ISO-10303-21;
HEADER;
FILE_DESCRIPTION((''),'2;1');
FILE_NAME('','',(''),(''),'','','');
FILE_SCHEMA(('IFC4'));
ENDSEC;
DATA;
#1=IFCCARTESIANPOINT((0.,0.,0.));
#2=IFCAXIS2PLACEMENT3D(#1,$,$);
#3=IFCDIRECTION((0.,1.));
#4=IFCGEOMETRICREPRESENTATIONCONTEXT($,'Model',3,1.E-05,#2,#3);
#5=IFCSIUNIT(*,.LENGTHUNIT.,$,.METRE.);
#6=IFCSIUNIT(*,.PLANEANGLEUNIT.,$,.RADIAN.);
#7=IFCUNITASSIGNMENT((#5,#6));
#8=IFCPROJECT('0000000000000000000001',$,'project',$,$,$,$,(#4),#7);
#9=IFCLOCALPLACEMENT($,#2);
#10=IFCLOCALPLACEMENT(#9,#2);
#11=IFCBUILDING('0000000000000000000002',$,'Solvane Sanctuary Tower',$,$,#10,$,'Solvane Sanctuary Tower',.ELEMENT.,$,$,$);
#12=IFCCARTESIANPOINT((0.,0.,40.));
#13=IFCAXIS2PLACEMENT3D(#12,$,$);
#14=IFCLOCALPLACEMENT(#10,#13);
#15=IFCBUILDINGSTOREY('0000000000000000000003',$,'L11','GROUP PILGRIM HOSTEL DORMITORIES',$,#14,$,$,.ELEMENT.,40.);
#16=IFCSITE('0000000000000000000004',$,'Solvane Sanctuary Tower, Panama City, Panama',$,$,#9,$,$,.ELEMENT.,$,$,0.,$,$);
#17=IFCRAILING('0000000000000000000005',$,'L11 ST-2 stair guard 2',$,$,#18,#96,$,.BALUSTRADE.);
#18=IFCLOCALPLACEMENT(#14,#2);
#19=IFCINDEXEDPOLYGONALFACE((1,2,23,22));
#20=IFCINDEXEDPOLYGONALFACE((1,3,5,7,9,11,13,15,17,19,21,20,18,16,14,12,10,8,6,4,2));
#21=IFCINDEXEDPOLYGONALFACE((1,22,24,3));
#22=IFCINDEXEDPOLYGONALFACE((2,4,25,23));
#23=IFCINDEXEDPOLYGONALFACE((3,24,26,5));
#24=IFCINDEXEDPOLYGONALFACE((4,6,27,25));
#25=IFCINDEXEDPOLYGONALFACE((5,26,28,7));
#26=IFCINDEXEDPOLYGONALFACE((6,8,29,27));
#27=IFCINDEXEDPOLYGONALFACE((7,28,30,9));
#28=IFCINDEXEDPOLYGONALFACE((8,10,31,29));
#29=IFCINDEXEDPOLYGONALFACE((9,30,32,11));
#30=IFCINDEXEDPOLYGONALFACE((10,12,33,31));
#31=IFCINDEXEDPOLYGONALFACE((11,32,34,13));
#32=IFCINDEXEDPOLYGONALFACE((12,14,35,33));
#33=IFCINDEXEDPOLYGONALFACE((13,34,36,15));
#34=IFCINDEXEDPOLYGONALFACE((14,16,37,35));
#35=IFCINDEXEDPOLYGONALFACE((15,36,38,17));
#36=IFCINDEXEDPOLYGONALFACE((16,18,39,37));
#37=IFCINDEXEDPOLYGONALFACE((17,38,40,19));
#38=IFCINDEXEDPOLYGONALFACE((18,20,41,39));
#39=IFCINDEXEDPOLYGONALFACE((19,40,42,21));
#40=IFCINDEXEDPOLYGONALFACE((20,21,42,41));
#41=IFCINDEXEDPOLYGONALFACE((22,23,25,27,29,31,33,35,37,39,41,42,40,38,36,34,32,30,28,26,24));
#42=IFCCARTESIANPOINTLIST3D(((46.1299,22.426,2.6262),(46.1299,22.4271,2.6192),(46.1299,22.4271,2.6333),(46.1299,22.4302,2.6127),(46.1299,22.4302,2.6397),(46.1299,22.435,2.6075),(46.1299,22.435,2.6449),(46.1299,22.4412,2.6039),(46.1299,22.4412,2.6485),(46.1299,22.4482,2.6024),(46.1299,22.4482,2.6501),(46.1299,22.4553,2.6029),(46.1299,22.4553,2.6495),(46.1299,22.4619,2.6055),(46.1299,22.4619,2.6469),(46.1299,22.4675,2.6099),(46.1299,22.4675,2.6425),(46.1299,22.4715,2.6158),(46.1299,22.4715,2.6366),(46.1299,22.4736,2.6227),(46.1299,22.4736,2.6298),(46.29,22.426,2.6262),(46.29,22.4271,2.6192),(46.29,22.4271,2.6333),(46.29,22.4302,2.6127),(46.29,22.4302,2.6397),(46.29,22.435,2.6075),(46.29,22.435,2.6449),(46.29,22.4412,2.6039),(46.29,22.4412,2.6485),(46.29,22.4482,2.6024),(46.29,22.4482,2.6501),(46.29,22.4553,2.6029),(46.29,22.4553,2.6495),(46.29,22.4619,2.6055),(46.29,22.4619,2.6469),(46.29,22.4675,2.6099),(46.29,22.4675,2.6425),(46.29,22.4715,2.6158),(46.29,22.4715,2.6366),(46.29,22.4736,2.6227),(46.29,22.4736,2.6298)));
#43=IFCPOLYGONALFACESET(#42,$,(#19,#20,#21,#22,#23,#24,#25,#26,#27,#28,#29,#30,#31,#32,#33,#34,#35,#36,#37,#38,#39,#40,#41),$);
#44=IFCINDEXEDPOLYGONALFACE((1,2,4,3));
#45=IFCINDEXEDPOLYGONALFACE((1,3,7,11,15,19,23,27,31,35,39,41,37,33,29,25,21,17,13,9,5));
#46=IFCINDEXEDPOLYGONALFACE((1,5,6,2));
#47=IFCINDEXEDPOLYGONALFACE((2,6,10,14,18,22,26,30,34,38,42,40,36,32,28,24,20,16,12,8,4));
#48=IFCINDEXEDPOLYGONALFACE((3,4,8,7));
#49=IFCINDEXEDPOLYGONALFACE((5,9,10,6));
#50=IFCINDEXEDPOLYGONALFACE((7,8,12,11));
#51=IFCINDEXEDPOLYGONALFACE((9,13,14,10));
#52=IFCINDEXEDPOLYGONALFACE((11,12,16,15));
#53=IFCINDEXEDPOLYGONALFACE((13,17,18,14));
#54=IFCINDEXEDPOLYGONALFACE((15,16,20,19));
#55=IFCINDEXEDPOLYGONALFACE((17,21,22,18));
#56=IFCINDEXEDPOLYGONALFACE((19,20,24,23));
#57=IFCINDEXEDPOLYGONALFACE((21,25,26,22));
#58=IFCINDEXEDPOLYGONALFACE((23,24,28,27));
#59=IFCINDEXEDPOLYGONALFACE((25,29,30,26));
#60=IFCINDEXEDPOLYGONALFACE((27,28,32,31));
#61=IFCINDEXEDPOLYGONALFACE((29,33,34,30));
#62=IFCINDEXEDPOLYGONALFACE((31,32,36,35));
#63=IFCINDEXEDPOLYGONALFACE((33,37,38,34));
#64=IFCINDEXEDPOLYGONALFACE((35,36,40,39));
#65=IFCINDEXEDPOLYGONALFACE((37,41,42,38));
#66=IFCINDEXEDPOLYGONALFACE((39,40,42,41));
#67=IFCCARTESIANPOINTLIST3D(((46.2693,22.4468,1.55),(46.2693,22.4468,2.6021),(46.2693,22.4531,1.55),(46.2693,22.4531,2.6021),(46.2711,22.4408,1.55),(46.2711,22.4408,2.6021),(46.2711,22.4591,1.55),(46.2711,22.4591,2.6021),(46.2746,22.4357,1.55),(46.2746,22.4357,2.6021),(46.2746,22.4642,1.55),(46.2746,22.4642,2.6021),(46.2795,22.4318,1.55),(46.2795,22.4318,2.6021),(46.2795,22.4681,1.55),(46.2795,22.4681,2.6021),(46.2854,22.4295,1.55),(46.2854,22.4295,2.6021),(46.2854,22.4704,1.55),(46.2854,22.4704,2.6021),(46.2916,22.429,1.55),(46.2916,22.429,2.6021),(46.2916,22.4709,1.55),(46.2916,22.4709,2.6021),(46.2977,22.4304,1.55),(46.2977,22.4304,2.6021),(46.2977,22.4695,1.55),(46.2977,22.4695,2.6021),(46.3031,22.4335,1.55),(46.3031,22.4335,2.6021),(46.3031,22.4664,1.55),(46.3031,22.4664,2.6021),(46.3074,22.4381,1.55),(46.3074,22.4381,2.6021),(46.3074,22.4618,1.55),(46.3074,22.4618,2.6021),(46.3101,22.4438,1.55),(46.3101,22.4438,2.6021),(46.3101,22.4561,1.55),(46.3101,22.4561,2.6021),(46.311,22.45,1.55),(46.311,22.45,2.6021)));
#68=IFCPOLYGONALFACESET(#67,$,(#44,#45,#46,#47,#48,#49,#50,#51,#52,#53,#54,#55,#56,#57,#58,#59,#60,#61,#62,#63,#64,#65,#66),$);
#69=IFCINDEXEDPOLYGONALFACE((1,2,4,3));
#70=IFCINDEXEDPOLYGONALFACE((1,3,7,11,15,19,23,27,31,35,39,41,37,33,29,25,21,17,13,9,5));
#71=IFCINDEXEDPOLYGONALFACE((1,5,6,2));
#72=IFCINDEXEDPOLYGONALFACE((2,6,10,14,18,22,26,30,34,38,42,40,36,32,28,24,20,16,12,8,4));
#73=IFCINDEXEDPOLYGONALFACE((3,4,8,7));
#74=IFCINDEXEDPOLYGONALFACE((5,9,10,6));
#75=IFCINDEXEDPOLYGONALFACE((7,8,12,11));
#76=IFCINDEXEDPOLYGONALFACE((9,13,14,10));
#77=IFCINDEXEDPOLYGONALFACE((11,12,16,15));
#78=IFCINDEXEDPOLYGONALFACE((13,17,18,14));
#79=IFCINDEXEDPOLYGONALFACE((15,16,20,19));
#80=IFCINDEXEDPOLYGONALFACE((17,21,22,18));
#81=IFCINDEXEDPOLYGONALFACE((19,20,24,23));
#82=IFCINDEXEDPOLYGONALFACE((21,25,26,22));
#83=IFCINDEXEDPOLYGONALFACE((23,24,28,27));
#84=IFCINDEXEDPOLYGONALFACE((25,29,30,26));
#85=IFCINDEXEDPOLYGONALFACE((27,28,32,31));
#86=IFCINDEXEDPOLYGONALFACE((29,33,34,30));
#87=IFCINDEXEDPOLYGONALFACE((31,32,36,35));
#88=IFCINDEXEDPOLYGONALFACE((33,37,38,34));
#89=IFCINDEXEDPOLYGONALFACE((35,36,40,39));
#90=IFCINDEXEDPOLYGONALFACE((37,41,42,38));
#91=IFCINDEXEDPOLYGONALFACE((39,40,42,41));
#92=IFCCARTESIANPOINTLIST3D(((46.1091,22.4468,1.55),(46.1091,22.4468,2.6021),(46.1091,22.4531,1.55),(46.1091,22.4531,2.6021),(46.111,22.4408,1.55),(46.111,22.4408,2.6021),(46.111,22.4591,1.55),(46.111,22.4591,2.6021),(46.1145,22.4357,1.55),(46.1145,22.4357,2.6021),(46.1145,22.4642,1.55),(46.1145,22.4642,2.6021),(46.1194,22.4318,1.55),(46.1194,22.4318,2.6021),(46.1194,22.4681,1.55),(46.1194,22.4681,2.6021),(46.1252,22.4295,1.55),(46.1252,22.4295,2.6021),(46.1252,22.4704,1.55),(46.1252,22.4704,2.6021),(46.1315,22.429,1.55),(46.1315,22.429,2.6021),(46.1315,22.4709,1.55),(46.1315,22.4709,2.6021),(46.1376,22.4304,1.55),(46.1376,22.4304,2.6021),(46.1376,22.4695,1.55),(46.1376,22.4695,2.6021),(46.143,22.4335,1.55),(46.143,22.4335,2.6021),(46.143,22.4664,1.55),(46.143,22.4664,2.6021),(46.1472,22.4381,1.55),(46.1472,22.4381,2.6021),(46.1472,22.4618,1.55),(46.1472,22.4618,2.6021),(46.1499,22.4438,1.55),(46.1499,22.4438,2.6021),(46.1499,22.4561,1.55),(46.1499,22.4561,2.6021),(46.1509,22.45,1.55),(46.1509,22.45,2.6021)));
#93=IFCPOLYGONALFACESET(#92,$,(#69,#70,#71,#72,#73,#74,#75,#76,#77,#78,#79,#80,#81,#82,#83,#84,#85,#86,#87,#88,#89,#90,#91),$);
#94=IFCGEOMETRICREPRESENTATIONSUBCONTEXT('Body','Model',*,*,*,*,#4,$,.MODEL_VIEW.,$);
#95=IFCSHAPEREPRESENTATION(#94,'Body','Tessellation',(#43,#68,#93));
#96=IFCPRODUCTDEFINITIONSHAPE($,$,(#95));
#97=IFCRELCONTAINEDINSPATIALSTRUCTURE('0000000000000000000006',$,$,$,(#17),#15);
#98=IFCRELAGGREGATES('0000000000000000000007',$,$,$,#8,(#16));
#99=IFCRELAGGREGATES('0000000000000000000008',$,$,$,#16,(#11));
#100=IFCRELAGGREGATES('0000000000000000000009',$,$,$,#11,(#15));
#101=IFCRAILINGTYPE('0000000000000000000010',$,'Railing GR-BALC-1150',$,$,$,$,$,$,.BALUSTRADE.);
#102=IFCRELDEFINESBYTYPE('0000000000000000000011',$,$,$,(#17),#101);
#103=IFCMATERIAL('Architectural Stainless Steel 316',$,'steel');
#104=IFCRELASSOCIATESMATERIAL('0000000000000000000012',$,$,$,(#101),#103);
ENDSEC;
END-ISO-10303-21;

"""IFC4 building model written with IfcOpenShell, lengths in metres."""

from ifc_helpers import new_model, si_unit, direction, frame, origin, origin_2d, place, context, subcontext, project, spatial, circle, extrude, material, type_object, element, save


model = new_model("IFC4")

# Units and contexts
model_context = context("Model", 3, precision=1e-05, world=origin(), true_north=direction((0.0, 1.0)))
body_context = subcontext(model_context, "Body", "Model", "MODEL_VIEW")
ifc_project = project(units=[si_unit("LENGTHUNIT", "METRE"), si_unit("PLANEANGLEUNIT", "RADIAN")], contexts=[model_context])

# Site, building, storey
site_placement = place(None, origin())
site = spatial("IfcSite", under=ifc_project, at=site_placement, Name="Solvane Sanctuary Tower, Panama City, Panama", CompositionType="ELEMENT", RefElevation=0.0)
building_placement = place(site_placement, origin())
building = spatial("IfcBuilding", under=site, at=building_placement, Name="Solvane Sanctuary Tower", LongName="Solvane Sanctuary Tower", CompositionType="ELEMENT")
storey_placement = place(building_placement, frame((0.0, 0.0, 40.0)))
storey = spatial("IfcBuildingStorey", under=building, at=storey_placement, Name="L11", Description="GROUP PILGRIM HOSTEL DORMITORIES", CompositionType="ELEMENT", Elevation=40.0)

# Shared definitions
ifc_material_1 = material(Name="Architectural Stainless Steel 316", Category="steel")

# Railing
railing_type = type_object("IfcRailingType", Name="Railing GR-BALC-1150", PredefinedType="BALUSTRADE", material=ifc_material_1)
railing_1_placement = place(storey_placement, frame((46.29, 22.45, 1.55)))
element("IfcRailing", 1, at=railing_1_placement, inside=storey, type_object=railing_type, Name="L11 ST-2 stair guard 2", PredefinedType="BALUSTRADE", context=body_context, shape_type="SweptSolid", body=[
    extrude(circle(Radius=0.0239, at=origin_2d()), frame((0.0, 0.0, 1.0762), z_axis=(-1.0, 0.0, 0.0), x_axis=(0.0, -1.0, 0.0)), (0.0, 0.0, 1.0), 0.1602),
    extrude(circle(Radius=0.021, at=origin_2d()), origin(), (0.0, 0.0, 1.0), 1.052),
    extrude(circle(Radius=0.021, at=origin_2d()), frame((-0.1602, 0.0, 0.0)), (0.0, 0.0, 1.0), 1.052),
])

save(model, "model.ifc")
